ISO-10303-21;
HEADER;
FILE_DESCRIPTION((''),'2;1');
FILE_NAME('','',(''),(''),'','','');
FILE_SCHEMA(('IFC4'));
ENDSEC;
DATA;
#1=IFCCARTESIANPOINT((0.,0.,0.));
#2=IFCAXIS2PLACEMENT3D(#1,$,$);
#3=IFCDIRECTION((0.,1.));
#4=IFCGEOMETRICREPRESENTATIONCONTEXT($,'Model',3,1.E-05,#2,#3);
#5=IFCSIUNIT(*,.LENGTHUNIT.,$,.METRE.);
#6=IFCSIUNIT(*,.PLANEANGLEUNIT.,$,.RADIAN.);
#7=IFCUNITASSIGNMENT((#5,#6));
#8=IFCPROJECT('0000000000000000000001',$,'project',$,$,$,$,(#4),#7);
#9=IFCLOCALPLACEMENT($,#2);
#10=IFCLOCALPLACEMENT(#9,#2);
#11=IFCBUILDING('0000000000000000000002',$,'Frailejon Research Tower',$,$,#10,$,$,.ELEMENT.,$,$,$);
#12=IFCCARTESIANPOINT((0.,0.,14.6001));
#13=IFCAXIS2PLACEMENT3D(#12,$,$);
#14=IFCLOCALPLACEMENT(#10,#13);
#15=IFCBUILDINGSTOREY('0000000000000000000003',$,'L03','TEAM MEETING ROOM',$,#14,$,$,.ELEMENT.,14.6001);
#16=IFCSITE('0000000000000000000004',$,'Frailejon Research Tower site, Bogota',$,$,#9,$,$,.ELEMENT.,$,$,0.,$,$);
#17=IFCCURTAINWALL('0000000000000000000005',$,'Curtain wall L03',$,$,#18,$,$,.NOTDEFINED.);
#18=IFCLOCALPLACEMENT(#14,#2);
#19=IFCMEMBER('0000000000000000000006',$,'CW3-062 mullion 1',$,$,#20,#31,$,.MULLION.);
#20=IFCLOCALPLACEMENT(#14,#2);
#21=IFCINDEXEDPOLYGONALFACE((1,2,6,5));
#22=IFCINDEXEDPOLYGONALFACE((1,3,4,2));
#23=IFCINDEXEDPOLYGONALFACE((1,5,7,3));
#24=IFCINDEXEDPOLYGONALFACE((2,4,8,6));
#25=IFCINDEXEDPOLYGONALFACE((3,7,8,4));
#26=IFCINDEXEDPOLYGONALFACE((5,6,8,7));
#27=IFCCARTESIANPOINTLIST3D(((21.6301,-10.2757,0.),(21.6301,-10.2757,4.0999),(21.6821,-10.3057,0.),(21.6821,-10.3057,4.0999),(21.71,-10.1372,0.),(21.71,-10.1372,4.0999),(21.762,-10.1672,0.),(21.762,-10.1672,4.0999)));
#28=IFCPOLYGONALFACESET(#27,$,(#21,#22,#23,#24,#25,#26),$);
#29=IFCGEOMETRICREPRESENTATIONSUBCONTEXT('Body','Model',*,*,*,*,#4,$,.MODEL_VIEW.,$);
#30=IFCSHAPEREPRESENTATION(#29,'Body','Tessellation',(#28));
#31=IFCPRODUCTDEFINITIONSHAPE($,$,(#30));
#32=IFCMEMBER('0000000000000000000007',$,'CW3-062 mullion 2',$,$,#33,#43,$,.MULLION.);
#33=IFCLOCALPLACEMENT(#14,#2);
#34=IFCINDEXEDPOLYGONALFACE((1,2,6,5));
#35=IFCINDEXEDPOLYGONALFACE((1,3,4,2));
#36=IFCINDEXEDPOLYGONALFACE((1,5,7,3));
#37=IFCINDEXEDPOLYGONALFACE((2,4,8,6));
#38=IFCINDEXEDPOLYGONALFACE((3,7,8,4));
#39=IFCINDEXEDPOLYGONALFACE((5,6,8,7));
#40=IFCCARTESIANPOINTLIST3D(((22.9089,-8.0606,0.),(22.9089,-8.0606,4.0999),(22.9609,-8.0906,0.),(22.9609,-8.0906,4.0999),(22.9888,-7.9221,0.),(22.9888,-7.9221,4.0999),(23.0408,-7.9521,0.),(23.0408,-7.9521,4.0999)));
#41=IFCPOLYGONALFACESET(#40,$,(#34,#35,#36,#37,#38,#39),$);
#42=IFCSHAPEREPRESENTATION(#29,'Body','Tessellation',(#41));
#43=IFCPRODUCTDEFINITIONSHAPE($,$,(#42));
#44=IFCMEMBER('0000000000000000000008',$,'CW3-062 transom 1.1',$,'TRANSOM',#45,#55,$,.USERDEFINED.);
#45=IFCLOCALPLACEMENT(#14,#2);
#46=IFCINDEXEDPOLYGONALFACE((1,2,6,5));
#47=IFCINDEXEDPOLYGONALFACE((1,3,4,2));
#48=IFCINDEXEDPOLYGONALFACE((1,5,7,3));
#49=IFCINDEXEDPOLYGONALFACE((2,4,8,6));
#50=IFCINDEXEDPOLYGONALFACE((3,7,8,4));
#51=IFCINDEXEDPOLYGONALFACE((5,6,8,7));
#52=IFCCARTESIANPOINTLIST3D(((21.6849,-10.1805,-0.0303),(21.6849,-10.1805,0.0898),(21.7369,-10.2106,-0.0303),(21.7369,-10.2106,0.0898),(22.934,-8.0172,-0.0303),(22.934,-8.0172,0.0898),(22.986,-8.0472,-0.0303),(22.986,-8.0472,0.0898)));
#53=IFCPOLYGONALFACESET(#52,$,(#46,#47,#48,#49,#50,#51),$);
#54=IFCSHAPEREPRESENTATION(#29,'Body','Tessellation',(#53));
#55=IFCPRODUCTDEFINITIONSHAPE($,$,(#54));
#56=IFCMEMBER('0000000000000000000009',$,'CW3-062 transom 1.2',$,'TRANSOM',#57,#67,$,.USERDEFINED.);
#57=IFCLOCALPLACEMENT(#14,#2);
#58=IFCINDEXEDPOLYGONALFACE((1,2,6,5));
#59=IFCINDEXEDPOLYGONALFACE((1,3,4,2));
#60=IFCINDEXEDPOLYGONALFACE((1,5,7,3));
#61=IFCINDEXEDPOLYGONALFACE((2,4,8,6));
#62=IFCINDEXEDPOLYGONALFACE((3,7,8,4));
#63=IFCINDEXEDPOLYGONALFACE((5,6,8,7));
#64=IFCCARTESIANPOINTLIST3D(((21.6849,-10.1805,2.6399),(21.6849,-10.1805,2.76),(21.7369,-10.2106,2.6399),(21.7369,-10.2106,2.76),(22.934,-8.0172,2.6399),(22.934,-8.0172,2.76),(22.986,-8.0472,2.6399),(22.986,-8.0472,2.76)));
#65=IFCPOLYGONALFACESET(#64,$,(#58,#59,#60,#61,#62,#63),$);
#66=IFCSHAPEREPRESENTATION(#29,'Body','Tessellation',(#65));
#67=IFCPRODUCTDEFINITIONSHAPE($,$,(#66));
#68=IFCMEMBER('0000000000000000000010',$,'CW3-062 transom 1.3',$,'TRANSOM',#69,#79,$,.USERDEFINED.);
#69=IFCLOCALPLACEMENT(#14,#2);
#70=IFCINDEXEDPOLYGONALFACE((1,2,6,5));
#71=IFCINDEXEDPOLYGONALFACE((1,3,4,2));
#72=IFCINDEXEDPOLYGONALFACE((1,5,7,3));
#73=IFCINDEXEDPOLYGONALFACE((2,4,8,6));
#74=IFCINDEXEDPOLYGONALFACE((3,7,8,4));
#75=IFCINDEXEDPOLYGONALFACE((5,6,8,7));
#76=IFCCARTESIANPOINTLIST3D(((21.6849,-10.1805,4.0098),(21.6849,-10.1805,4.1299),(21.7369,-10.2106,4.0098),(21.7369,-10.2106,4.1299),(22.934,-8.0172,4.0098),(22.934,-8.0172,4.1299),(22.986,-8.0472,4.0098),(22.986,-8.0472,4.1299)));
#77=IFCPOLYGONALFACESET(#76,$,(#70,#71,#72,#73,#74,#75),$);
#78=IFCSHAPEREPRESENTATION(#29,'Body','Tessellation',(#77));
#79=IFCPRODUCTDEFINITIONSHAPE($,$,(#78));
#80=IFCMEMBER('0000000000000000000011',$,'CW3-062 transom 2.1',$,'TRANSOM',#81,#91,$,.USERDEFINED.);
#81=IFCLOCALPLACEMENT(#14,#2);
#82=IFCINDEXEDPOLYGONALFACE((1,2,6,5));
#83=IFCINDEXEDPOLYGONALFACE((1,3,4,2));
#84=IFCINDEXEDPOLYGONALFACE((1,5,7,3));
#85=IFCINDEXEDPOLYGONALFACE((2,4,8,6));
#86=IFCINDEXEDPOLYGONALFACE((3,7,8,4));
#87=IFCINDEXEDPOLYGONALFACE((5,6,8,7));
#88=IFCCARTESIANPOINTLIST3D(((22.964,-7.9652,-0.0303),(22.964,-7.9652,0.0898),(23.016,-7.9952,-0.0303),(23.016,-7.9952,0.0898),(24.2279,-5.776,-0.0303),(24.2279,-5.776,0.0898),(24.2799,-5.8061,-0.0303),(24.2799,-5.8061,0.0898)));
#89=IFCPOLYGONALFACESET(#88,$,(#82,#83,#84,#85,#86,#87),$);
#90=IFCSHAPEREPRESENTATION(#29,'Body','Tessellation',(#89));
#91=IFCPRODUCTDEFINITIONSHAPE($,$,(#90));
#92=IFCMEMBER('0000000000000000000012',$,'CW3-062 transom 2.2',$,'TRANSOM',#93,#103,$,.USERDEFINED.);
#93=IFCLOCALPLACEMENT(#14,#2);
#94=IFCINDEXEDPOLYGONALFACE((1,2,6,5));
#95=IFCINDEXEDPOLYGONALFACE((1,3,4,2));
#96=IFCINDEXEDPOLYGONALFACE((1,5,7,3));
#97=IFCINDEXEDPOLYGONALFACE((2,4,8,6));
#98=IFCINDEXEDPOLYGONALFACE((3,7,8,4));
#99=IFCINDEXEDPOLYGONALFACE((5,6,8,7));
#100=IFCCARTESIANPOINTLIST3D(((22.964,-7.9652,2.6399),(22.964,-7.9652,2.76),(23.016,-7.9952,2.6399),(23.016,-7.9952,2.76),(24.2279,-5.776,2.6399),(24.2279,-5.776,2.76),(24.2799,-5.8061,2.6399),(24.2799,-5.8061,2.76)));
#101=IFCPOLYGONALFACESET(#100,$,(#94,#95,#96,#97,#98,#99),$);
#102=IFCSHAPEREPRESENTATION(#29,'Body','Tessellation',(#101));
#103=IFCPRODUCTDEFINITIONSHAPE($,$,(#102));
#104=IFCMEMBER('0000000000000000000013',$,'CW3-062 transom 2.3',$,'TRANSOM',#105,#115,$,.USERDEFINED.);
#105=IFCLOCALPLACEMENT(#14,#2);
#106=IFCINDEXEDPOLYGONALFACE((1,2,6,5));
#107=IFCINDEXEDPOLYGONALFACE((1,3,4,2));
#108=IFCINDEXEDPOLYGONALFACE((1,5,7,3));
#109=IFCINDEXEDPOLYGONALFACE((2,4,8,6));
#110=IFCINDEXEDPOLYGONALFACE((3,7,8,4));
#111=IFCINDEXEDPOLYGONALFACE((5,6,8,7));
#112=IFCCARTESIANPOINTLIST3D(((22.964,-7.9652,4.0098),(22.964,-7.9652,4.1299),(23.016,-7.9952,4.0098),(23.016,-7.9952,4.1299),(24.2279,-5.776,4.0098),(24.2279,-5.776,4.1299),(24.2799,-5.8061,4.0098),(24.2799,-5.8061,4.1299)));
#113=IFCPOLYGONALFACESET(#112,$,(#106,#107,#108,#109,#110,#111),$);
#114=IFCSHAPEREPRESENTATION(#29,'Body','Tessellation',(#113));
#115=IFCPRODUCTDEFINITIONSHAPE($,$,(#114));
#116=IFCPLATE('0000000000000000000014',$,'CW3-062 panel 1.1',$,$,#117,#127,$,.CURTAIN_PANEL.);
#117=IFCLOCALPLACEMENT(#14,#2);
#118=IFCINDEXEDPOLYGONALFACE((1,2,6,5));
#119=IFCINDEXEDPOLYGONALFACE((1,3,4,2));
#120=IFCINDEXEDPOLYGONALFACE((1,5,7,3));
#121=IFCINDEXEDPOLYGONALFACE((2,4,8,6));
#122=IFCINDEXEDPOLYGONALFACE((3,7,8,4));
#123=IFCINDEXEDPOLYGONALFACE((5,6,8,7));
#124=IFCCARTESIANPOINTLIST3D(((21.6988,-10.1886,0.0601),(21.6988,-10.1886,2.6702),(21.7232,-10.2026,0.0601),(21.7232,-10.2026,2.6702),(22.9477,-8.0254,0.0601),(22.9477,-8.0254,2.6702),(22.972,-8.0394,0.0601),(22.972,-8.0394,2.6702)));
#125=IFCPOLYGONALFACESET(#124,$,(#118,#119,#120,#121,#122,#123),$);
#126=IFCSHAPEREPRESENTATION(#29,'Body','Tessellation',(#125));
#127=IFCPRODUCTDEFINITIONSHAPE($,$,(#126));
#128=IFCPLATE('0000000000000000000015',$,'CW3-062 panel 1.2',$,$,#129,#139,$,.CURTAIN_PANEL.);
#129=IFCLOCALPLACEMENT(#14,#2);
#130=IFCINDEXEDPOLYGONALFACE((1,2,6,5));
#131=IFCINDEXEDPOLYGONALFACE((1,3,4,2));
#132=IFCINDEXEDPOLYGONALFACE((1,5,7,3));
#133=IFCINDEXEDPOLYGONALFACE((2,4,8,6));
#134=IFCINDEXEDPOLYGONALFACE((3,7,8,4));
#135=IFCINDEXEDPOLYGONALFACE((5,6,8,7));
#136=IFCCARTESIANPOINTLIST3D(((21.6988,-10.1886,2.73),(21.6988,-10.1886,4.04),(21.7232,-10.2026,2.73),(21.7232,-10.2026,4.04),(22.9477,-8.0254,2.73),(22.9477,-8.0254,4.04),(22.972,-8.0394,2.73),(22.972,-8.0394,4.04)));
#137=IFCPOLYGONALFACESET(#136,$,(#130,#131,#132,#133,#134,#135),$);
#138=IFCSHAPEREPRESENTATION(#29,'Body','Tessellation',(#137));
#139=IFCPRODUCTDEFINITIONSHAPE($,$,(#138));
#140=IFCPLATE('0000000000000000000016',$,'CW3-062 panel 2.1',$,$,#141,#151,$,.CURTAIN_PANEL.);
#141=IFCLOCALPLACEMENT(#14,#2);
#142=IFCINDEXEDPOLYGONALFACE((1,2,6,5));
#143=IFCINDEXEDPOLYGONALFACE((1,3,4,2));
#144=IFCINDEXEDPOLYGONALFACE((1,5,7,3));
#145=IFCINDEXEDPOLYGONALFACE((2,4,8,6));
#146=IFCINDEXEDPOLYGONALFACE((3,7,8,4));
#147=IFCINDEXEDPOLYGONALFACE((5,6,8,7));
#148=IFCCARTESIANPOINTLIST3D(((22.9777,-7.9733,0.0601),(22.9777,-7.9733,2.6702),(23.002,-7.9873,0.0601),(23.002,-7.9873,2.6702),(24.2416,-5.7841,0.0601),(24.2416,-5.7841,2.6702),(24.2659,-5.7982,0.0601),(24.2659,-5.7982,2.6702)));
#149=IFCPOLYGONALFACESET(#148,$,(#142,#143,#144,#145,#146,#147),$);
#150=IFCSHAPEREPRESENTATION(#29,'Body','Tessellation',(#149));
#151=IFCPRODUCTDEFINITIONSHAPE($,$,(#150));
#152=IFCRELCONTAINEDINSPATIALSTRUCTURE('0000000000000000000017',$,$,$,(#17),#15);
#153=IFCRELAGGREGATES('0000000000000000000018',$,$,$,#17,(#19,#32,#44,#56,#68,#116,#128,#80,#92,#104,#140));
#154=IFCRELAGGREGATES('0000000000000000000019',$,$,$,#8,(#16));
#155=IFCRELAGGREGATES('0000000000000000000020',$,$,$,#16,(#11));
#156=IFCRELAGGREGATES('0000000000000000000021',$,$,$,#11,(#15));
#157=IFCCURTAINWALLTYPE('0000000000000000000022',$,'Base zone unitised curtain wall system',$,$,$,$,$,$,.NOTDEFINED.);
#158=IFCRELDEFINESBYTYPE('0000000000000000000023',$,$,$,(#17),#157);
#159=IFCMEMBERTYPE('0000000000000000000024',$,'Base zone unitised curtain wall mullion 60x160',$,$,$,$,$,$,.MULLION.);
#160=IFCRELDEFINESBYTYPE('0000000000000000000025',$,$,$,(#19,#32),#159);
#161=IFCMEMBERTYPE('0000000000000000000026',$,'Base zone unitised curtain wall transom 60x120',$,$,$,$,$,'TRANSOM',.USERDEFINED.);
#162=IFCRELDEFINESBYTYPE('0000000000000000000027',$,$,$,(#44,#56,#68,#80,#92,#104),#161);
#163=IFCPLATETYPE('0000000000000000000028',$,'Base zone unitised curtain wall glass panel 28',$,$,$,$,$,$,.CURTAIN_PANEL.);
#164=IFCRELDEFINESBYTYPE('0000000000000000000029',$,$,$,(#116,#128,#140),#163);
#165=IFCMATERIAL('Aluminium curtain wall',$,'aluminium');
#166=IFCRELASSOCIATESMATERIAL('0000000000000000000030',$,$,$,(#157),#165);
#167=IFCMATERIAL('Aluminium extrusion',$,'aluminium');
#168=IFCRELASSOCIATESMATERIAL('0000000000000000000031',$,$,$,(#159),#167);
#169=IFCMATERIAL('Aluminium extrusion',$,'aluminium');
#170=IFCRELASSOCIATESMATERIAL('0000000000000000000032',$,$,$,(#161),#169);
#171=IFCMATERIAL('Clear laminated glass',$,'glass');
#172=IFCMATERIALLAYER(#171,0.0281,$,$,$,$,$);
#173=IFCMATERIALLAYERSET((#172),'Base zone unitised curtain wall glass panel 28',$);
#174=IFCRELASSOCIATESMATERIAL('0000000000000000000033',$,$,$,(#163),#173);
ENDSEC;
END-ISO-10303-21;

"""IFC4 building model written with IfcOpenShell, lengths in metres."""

from ifc_helpers import new_model, si_unit, direction, frame, origin, origin_2d, place, context, subcontext, project, spatial, rectangle, extrude, material, layer, layer_set, material_profile, profile_set, type_object, element, aggregate, save


model = new_model("IFC4")

# Units and contexts
model_context = context("Model", 3, precision=1e-05, world=origin(), true_north=direction((0.0, 1.0)))
body_context = subcontext(model_context, "Body", "Model", "MODEL_VIEW")
ifc_project = project(units=[si_unit("LENGTHUNIT", "METRE"), si_unit("PLANEANGLEUNIT", "RADIAN")], contexts=[model_context])

# Site, building, storey
site_placement = place(None, origin())
site = spatial("IfcSite", under=ifc_project, at=site_placement, Name="Frailejon Research Tower site, Bogota", CompositionType="ELEMENT", RefElevation=0.0)
building_placement = place(site_placement, origin())
building = spatial("IfcBuilding", under=site, at=building_placement, Name="Frailejon Research Tower", CompositionType="ELEMENT")
storey_placement = place(building_placement, frame((0.0, 0.0, 14.6001)))
storey = spatial("IfcBuildingStorey", under=building, at=storey_placement, Name="L03", Description="TEAM MEETING ROOM", CompositionType="ELEMENT", Elevation=14.6001)

# Curtain wall, members, plates
ifc_material_1 = material(Name="Aluminium curtain wall", Category="aluminium")
curtain_wall_type = type_object("IfcCurtainWallType", Name="Base zone unitised curtain wall system", PredefinedType="NOTDEFINED", material=ifc_material_1)
curtain_wall_placement = place(storey_placement, origin())
curtain_wall = element("IfcCurtainWall", 1, at=curtain_wall_placement, inside=storey, type_object=curtain_wall_type, Name="Curtain wall L03", PredefinedType="NOTDEFINED")
ifc_material_2 = material(Name="Aluminium extrusion", Category="aluminium")
ifc_material_profile_1 = material_profile(ifc_material_2, rectangle(XDim=0.0601, YDim=0.1599, at=origin_2d()), Name="Base zone unitised curtain wall mullion 60x160")
ifc_profile_set_1 = profile_set([ifc_material_profile_1], Name="Aluminium extrusion")
member_type_1 = type_object("IfcMemberType", Name="Base zone unitised curtain wall mullion 60x160", PredefinedType="MULLION", material=ifc_profile_set_1)
member_1_placement = place(storey_placement, frame((21.696, -10.2214, 0.0), z_axis=(0.0, 0.0, 1.0), x_axis=(-0.866029, 0.499993, 0.0)))
member_1 = element("IfcMember", 2, at=member_1_placement, type_object=member_type_1, Name="CW3-062 mullion 1", PredefinedType="MULLION", context=body_context, shape_type="SweptSolid", body=[
    extrude(rectangle(XDim=0.0601, YDim=0.1599, at=origin_2d()), origin(), (0.0, 0.0, 1.0), 4.0999),
])
member_2_placement = place(storey_placement, frame((22.9749, -8.0063, 0.0), z_axis=(0.0, 0.0, 1.0), x_axis=(-0.866029, 0.499993, 0.0)))
member_2 = element("IfcMember", 3, at=member_2_placement, type_object=member_type_1, Name="CW3-062 mullion 2", PredefinedType="MULLION", context=body_context, shape_type="SweptSolid", body=[
    extrude(rectangle(XDim=0.0601, YDim=0.1599, at=origin_2d()), origin(), (0.0, 0.0, 1.0), 4.0999),
])
ifc_material_3 = material(Name="Aluminium extrusion", Category="aluminium")
ifc_material_profile_2 = material_profile(ifc_material_3, rectangle(XDim=0.0601, YDim=0.1201, at=origin_2d()), Name="Base zone unitised curtain wall transom 60x120")
ifc_profile_set_2 = profile_set([ifc_material_profile_2], Name="Aluminium extrusion")
member_type_2 = type_object("IfcMemberType", Name="Base zone unitised curtain wall transom 60x120", ElementType="TRANSOM", PredefinedType="USERDEFINED", material=ifc_profile_set_2)
member_3_placement = place(storey_placement, frame((21.7109, -10.1956, 0.0298), z_axis=(0.500007, 0.866021, 0.0), x_axis=(-0.866021, 0.500007, 0.0)))
member_3 = element("IfcMember", 4, at=member_3_placement, type_object=member_type_2, Name="CW3-062 transom 1.1", ObjectType="TRANSOM", PredefinedType="USERDEFINED", context=body_context, shape_type="SweptSolid", body=[
    extrude(rectangle(XDim=0.0601, YDim=0.1201, at=origin_2d()), origin(), (0.0, 0.0, 1.0), 2.498),
])
member_4_placement = place(storey_placement, frame((21.7109, -10.1956, 2.7), z_axis=(0.500007, 0.866021, 0.0), x_axis=(-0.866021, 0.500007, 0.0)))
member_4 = element("IfcMember", 5, at=member_4_placement, type_object=member_type_2, Name="CW3-062 transom 1.2", ObjectType="TRANSOM", PredefinedType="USERDEFINED", context=body_context, shape_type="SweptSolid", body=[
    extrude(rectangle(XDim=0.0601, YDim=0.1201, at=origin_2d()), origin(), (0.0, 0.0, 1.0), 2.498),
])
member_5_placement = place(storey_placement, frame((21.7109, -10.1956, 4.0698), z_axis=(0.500007, 0.866021, 0.0), x_axis=(-0.866021, 0.500007, 0.0)))
member_5 = element("IfcMember", 6, at=member_5_placement, type_object=member_type_2, Name="CW3-062 transom 1.3", ObjectType="TRANSOM", PredefinedType="USERDEFINED", context=body_context, shape_type="SweptSolid", body=[
    extrude(rectangle(XDim=0.0601, YDim=0.1201, at=origin_2d()), origin(), (0.0, 0.0, 1.0), 2.498),
])
member_6_placement = place(storey_placement, frame((22.99, -7.9802, 0.0298), z_axis=(0.499993, 0.86603, 0.0), x_axis=(-0.86603, 0.499993, 0.0)))
member_6 = element("IfcMember", 7, at=member_6_placement, type_object=member_type_2, Name="CW3-062 transom 2.1", ObjectType="TRANSOM", PredefinedType="USERDEFINED", context=body_context, shape_type="SweptSolid", body=[
    extrude(rectangle(XDim=0.0601, YDim=0.1201, at=origin_2d()), origin(), (0.0, 0.0, 1.0), 2.5278),
])
member_7_placement = place(storey_placement, frame((22.99, -7.9802, 2.7), z_axis=(0.499993, 0.86603, 0.0), x_axis=(-0.86603, 0.499993, 0.0)))
member_7 = element("IfcMember", 8, at=member_7_placement, type_object=member_type_2, Name="CW3-062 transom 2.2", ObjectType="TRANSOM", PredefinedType="USERDEFINED", context=body_context, shape_type="SweptSolid", body=[
    extrude(rectangle(XDim=0.0601, YDim=0.1201, at=origin_2d()), origin(), (0.0, 0.0, 1.0), 2.5278),
])
member_8_placement = place(storey_placement, frame((22.99, -7.9802, 4.0698), z_axis=(0.499993, 0.86603, 0.0), x_axis=(-0.86603, 0.499993, 0.0)))
member_8 = element("IfcMember", 9, at=member_8_placement, type_object=member_type_2, Name="CW3-062 transom 2.3", ObjectType="TRANSOM", PredefinedType="USERDEFINED", context=body_context, shape_type="SweptSolid", body=[
    extrude(rectangle(XDim=0.0601, YDim=0.1201, at=origin_2d()), origin(), (0.0, 0.0, 1.0), 2.5278),
])
ifc_material_4 = material(Name="Clear laminated glass", Category="glass")
ifc_layer_1 = layer(ifc_material_4, 0.0281)
ifc_layer_set_1 = layer_set([ifc_layer_1], Name="Base zone unitised curtain wall glass panel 28")
plate_type = type_object("IfcPlateType", Name="Base zone unitised curtain wall glass panel 28", PredefinedType="CURTAIN_PANEL", material=ifc_layer_set_1)
plate_1_placement = place(storey_placement, frame((22.3354, -9.114, 0.0601), z_axis=(0.0, 0.0, 1.0), x_axis=(0.499993, 0.866029, 0.0)))
plate_1 = element("IfcPlate", 10, at=plate_1_placement, type_object=plate_type, Name="CW3-062 panel 1.1", PredefinedType="CURTAIN_PANEL", context=body_context, shape_type="SweptSolid", body=[
    extrude(rectangle(XDim=2.4978, YDim=0.0281, at=origin_2d()), origin(), (0.0, 0.0, 1.0), 2.6101),
])
plate_2_placement = place(storey_placement, frame((22.3354, -9.114, 2.73), z_axis=(0.0, 0.0, 1.0), x_axis=(0.499993, 0.866029, 0.0)))
plate_2 = element("IfcPlate", 11, at=plate_2_placement, type_object=plate_type, Name="CW3-062 panel 1.2", PredefinedType="CURTAIN_PANEL", context=body_context, shape_type="SweptSolid", body=[
    extrude(rectangle(XDim=2.4978, YDim=0.0281, at=origin_2d()), origin(), (0.0, 0.0, 1.0), 1.3101),
])
plate_3_placement = place(storey_placement, frame((23.6218, -6.8857, 0.0601), z_axis=(0.0, 0.0, 1.0), x_axis=(0.499993, 0.866029, 0.0)))
plate_3 = element("IfcPlate", 12, at=plate_3_placement, type_object=plate_type, Name="CW3-062 panel 2.1", PredefinedType="CURTAIN_PANEL", context=body_context, shape_type="SweptSolid", body=[
    extrude(rectangle(XDim=2.5278, YDim=0.0281, at=origin_2d()), origin(), (0.0, 0.0, 1.0), 2.6101),
])
aggregate(curtain_wall, [member_1, member_2, member_3, member_4, member_5, plate_1, plate_2, member_6, member_7, member_8, plate_3])

save(model, "model.ifc")
